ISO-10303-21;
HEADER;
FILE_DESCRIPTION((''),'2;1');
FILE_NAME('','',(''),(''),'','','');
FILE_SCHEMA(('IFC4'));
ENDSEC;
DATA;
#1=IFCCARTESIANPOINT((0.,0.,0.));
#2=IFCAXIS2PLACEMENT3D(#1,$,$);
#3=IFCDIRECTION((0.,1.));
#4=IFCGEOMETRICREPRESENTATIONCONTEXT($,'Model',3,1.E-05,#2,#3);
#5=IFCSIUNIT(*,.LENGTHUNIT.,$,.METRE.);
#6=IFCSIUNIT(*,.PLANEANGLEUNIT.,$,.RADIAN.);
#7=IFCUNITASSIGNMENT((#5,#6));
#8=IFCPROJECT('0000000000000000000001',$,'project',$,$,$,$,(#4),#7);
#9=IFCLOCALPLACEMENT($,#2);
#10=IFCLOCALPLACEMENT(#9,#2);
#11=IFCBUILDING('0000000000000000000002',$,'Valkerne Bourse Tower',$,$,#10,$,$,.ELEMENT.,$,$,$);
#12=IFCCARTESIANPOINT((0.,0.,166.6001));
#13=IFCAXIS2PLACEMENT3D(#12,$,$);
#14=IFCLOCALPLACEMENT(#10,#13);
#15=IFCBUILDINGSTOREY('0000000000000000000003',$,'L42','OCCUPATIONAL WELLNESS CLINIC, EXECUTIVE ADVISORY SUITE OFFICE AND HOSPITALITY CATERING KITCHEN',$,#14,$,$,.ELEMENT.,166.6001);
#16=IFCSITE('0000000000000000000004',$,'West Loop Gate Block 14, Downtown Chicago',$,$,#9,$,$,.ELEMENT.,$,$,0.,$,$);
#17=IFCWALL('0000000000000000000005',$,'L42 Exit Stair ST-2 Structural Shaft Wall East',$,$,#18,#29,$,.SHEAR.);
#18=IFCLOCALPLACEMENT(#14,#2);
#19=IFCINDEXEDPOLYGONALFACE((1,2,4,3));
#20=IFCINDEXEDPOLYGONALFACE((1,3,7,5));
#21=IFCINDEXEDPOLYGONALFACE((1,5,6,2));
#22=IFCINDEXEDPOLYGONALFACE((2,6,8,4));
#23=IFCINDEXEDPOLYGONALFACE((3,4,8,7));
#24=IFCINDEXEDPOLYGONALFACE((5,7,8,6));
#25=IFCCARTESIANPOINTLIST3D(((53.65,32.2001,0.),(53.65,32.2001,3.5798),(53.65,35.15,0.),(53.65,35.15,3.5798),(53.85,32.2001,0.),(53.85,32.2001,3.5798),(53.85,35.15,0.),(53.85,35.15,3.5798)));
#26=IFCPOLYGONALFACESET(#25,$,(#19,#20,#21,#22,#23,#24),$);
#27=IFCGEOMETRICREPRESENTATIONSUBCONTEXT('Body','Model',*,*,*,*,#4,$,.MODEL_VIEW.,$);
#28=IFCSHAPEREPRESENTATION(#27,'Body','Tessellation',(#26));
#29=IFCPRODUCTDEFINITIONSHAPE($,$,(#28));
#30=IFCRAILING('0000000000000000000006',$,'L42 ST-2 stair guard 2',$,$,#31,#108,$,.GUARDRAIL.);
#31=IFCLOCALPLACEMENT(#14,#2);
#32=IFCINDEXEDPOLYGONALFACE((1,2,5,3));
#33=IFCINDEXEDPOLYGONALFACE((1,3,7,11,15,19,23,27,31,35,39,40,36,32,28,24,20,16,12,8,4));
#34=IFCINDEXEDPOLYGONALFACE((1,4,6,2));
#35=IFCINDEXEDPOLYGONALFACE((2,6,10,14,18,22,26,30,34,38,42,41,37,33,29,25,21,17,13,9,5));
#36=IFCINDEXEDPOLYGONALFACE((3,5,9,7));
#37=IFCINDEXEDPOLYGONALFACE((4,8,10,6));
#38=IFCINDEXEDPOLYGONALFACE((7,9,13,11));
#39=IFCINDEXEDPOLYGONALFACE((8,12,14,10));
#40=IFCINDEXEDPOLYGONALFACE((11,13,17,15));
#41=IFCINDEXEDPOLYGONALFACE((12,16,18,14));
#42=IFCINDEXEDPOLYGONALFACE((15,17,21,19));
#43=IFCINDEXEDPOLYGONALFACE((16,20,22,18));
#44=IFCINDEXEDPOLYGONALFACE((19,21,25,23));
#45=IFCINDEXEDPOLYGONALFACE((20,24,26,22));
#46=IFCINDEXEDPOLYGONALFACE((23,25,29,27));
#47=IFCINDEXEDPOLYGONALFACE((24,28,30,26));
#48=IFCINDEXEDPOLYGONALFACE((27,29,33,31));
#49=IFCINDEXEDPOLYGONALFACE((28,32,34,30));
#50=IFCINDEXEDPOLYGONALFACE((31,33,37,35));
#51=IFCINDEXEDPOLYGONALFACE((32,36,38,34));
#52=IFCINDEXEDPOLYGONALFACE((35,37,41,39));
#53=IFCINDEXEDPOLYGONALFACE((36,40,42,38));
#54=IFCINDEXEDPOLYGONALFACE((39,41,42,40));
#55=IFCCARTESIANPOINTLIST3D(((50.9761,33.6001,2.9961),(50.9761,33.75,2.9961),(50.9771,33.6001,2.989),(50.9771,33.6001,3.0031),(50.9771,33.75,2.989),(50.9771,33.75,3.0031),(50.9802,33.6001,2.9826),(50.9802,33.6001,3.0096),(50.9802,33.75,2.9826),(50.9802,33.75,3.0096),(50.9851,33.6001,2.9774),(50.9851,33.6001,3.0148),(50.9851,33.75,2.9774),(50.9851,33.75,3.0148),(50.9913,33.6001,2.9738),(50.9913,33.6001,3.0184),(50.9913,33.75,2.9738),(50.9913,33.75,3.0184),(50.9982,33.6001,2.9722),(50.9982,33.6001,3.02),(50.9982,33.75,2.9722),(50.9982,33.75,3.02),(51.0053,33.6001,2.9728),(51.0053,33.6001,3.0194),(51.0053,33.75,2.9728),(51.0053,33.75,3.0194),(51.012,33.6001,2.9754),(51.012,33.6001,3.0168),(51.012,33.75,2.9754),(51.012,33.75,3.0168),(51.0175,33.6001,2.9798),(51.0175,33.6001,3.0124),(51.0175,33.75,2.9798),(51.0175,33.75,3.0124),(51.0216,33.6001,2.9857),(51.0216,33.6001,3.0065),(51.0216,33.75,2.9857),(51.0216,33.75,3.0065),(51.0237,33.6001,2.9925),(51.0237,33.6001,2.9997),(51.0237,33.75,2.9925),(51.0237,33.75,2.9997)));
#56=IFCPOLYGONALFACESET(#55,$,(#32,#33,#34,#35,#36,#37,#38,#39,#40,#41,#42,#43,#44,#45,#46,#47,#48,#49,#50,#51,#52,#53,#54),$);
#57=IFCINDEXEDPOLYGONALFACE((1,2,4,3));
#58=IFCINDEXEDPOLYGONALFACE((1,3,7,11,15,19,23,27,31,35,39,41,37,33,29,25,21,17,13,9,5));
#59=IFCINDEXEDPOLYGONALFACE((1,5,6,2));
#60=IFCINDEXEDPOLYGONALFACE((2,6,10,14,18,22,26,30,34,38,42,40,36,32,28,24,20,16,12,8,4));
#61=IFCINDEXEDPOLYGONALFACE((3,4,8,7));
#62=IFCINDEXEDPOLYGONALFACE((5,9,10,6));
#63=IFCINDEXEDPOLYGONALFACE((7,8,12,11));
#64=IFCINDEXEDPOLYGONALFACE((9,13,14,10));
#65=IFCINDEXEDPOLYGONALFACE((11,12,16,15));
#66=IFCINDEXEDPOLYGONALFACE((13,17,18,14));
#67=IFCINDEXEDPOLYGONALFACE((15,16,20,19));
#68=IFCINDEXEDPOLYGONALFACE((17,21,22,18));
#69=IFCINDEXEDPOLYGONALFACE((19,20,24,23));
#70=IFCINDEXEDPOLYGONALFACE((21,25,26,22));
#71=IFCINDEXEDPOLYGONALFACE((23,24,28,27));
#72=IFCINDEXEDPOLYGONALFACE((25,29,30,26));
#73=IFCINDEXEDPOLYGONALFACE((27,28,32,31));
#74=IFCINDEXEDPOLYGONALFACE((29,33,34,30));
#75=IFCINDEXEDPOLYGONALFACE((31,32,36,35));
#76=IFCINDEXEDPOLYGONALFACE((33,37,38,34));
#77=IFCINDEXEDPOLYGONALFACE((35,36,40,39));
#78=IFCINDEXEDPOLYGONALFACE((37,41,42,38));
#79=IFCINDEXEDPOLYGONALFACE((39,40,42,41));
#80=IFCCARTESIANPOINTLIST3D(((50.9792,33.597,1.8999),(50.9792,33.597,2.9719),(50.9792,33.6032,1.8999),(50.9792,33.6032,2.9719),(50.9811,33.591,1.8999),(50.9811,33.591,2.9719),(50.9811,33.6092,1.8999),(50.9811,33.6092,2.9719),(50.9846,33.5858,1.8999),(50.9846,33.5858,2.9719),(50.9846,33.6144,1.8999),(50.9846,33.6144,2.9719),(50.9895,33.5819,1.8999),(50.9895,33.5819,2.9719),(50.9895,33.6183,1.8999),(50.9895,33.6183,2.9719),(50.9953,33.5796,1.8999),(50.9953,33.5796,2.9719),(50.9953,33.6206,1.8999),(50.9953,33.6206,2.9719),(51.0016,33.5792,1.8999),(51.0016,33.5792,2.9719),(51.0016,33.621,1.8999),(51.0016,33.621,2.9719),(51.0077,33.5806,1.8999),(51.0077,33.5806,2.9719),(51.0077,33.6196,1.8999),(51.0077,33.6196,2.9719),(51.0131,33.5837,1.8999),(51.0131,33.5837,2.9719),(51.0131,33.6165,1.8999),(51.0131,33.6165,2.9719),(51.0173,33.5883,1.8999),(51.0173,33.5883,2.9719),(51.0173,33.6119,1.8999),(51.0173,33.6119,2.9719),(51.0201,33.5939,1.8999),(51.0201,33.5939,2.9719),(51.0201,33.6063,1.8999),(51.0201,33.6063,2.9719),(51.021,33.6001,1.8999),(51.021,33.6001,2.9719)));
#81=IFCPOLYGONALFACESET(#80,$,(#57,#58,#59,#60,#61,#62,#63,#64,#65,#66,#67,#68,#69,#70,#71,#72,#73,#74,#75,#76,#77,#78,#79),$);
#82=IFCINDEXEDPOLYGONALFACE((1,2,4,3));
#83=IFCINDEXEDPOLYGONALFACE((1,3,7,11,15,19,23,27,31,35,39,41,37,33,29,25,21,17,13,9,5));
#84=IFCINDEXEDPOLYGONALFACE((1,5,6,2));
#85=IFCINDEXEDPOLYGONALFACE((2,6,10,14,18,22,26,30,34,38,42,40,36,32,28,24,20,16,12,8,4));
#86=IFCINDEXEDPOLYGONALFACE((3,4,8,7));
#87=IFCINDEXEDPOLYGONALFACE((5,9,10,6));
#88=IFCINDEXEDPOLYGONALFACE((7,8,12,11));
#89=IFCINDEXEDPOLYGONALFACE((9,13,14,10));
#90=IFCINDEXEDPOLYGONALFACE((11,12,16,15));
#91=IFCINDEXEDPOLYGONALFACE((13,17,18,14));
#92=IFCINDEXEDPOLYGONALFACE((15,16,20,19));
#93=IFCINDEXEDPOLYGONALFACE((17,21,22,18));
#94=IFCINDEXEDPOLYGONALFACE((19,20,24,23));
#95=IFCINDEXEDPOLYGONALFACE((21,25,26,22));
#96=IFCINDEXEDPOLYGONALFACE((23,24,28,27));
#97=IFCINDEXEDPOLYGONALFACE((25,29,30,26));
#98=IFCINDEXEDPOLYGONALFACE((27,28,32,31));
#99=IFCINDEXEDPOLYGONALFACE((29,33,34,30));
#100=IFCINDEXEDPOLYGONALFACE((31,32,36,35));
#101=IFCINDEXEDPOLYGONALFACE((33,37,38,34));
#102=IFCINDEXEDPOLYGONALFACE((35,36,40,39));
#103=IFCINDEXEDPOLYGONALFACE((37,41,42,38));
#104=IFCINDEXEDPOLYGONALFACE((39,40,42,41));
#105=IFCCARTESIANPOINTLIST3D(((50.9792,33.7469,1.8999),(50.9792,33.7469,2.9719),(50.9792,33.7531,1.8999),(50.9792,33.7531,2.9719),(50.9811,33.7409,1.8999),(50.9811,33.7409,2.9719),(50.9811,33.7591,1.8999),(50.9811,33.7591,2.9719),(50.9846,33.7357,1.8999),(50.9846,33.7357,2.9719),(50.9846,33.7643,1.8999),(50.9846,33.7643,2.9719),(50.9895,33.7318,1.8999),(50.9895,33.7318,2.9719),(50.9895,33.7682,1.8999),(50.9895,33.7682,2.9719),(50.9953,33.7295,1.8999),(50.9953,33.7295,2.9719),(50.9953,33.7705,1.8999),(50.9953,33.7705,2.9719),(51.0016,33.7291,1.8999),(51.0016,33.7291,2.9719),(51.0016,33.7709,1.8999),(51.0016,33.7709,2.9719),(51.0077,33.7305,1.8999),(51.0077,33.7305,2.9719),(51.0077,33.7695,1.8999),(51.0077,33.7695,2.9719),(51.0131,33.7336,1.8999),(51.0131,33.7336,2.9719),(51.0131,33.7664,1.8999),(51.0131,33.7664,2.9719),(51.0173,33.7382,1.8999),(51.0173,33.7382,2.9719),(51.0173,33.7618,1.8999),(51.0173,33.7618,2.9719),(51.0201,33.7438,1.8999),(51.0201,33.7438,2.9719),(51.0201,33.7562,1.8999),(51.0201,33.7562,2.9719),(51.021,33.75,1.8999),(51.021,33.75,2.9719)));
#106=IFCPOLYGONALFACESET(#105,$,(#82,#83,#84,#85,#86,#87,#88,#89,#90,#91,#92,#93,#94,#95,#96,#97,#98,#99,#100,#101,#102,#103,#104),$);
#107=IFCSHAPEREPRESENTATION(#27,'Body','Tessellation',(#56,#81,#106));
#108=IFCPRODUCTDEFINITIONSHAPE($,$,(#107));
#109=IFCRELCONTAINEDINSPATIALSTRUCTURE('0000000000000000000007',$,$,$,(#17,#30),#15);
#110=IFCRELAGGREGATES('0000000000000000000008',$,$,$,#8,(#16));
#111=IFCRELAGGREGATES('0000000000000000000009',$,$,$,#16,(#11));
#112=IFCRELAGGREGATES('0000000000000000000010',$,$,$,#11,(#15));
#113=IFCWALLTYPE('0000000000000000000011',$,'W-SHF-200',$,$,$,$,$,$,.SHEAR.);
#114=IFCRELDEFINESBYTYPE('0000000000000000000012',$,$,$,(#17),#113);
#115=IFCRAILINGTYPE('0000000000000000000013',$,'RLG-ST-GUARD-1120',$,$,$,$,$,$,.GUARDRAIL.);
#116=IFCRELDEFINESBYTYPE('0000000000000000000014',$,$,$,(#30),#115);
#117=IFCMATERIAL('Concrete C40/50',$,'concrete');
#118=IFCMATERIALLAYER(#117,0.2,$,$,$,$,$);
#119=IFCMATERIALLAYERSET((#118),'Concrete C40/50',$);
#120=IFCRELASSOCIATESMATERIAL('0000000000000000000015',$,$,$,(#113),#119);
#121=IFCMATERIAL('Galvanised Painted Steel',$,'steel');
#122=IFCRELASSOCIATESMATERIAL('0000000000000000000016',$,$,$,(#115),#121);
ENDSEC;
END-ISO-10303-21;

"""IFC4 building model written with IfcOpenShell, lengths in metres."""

from ifc_helpers import new_model, si_unit, direction, frame, frame_2d, origin, origin_2d, place, context, subcontext, project, spatial, rectangle, circle, extrude, material, layer, layer_set, type_object, element, save


model = new_model("IFC4")

# Units and contexts
model_context = context("Model", 3, precision=1e-05, world=origin(), true_north=direction((0.0, 1.0)))
body_context = subcontext(model_context, "Body", "Model", "MODEL_VIEW")
ifc_project = project(units=[si_unit("LENGTHUNIT", "METRE"), si_unit("PLANEANGLEUNIT", "RADIAN")], contexts=[model_context])

# Site, building, storey
site_placement = place(None, origin())
site = spatial("IfcSite", under=ifc_project, at=site_placement, Name="West Loop Gate Block 14, Downtown Chicago", CompositionType="ELEMENT", RefElevation=0.0)
building_placement = place(site_placement, origin())
building = spatial("IfcBuilding", under=site, at=building_placement, Name="Valkerne Bourse Tower", CompositionType="ELEMENT")
storey_placement = place(building_placement, frame((0.0, 0.0, 166.6001)))
storey = spatial("IfcBuildingStorey", under=building, at=storey_placement, Name="L42", Description="OCCUPATIONAL WELLNESS CLINIC, EXECUTIVE ADVISORY SUITE OFFICE AND HOSPITALITY CATERING KITCHEN", CompositionType="ELEMENT", Elevation=166.6001)

# Wall
ifc_material_1 = material(Name="Concrete C40/50", Category="concrete")
ifc_layer_1 = layer(ifc_material_1, 0.2)
ifc_layer_set_1 = layer_set([ifc_layer_1], Name="Concrete C40/50")
wall_type_1 = type_object("IfcWallType", Name="W-SHF-200", PredefinedType="SHEAR", material=ifc_layer_set_1)
wall_1_placement = place(storey_placement, frame((53.75, 32.2, 0.0), z_axis=(0.0, 0.0, 1.0), x_axis=(0.0, 1.0, 0.0)))
element("IfcWall", 1, at=wall_1_placement, inside=storey, type_object=wall_type_1, Name="L42 Exit Stair ST-2 Structural Shaft Wall East", PredefinedType="SHEAR", context=body_context, shape_type="SweptSolid", body=[
    extrude(rectangle(XDim=2.95, YDim=0.2, at=frame_2d((1.4751, 0.0))), origin(), (0.0, 0.0, 1.0), 3.5798),
])

# Railing
ifc_material_2 = material(Name="Galvanised Painted Steel", Category="steel")
railing_type = type_object("IfcRailingType", Name="RLG-ST-GUARD-1120", PredefinedType="GUARDRAIL", material=ifc_material_2)
railing_1_placement = place(storey_placement, frame((51.0, 33.6001, 1.8999)))
element("IfcRailing", 2, at=railing_1_placement, inside=storey, type_object=railing_type, Name="L42 ST-2 stair guard 2", PredefinedType="GUARDRAIL", context=body_context, shape_type="SweptSolid", body=[
    extrude(circle(Radius=0.0239, at=origin_2d()), frame((0.0, 0.0, 1.0962), z_axis=(0.0, 1.0, 0.0), x_axis=(-1.0, 0.0, 0.0)), (0.0, 0.0, 1.0), 0.1499),
    extrude(circle(Radius=0.021, at=origin_2d()), origin(), (0.0, 0.0, 1.0), 1.072),
    extrude(circle(Radius=0.021, at=origin_2d()), frame((0.0, 0.1499, 0.0)), (0.0, 0.0, 1.0), 1.072),
])

save(model, "model.ifc")
